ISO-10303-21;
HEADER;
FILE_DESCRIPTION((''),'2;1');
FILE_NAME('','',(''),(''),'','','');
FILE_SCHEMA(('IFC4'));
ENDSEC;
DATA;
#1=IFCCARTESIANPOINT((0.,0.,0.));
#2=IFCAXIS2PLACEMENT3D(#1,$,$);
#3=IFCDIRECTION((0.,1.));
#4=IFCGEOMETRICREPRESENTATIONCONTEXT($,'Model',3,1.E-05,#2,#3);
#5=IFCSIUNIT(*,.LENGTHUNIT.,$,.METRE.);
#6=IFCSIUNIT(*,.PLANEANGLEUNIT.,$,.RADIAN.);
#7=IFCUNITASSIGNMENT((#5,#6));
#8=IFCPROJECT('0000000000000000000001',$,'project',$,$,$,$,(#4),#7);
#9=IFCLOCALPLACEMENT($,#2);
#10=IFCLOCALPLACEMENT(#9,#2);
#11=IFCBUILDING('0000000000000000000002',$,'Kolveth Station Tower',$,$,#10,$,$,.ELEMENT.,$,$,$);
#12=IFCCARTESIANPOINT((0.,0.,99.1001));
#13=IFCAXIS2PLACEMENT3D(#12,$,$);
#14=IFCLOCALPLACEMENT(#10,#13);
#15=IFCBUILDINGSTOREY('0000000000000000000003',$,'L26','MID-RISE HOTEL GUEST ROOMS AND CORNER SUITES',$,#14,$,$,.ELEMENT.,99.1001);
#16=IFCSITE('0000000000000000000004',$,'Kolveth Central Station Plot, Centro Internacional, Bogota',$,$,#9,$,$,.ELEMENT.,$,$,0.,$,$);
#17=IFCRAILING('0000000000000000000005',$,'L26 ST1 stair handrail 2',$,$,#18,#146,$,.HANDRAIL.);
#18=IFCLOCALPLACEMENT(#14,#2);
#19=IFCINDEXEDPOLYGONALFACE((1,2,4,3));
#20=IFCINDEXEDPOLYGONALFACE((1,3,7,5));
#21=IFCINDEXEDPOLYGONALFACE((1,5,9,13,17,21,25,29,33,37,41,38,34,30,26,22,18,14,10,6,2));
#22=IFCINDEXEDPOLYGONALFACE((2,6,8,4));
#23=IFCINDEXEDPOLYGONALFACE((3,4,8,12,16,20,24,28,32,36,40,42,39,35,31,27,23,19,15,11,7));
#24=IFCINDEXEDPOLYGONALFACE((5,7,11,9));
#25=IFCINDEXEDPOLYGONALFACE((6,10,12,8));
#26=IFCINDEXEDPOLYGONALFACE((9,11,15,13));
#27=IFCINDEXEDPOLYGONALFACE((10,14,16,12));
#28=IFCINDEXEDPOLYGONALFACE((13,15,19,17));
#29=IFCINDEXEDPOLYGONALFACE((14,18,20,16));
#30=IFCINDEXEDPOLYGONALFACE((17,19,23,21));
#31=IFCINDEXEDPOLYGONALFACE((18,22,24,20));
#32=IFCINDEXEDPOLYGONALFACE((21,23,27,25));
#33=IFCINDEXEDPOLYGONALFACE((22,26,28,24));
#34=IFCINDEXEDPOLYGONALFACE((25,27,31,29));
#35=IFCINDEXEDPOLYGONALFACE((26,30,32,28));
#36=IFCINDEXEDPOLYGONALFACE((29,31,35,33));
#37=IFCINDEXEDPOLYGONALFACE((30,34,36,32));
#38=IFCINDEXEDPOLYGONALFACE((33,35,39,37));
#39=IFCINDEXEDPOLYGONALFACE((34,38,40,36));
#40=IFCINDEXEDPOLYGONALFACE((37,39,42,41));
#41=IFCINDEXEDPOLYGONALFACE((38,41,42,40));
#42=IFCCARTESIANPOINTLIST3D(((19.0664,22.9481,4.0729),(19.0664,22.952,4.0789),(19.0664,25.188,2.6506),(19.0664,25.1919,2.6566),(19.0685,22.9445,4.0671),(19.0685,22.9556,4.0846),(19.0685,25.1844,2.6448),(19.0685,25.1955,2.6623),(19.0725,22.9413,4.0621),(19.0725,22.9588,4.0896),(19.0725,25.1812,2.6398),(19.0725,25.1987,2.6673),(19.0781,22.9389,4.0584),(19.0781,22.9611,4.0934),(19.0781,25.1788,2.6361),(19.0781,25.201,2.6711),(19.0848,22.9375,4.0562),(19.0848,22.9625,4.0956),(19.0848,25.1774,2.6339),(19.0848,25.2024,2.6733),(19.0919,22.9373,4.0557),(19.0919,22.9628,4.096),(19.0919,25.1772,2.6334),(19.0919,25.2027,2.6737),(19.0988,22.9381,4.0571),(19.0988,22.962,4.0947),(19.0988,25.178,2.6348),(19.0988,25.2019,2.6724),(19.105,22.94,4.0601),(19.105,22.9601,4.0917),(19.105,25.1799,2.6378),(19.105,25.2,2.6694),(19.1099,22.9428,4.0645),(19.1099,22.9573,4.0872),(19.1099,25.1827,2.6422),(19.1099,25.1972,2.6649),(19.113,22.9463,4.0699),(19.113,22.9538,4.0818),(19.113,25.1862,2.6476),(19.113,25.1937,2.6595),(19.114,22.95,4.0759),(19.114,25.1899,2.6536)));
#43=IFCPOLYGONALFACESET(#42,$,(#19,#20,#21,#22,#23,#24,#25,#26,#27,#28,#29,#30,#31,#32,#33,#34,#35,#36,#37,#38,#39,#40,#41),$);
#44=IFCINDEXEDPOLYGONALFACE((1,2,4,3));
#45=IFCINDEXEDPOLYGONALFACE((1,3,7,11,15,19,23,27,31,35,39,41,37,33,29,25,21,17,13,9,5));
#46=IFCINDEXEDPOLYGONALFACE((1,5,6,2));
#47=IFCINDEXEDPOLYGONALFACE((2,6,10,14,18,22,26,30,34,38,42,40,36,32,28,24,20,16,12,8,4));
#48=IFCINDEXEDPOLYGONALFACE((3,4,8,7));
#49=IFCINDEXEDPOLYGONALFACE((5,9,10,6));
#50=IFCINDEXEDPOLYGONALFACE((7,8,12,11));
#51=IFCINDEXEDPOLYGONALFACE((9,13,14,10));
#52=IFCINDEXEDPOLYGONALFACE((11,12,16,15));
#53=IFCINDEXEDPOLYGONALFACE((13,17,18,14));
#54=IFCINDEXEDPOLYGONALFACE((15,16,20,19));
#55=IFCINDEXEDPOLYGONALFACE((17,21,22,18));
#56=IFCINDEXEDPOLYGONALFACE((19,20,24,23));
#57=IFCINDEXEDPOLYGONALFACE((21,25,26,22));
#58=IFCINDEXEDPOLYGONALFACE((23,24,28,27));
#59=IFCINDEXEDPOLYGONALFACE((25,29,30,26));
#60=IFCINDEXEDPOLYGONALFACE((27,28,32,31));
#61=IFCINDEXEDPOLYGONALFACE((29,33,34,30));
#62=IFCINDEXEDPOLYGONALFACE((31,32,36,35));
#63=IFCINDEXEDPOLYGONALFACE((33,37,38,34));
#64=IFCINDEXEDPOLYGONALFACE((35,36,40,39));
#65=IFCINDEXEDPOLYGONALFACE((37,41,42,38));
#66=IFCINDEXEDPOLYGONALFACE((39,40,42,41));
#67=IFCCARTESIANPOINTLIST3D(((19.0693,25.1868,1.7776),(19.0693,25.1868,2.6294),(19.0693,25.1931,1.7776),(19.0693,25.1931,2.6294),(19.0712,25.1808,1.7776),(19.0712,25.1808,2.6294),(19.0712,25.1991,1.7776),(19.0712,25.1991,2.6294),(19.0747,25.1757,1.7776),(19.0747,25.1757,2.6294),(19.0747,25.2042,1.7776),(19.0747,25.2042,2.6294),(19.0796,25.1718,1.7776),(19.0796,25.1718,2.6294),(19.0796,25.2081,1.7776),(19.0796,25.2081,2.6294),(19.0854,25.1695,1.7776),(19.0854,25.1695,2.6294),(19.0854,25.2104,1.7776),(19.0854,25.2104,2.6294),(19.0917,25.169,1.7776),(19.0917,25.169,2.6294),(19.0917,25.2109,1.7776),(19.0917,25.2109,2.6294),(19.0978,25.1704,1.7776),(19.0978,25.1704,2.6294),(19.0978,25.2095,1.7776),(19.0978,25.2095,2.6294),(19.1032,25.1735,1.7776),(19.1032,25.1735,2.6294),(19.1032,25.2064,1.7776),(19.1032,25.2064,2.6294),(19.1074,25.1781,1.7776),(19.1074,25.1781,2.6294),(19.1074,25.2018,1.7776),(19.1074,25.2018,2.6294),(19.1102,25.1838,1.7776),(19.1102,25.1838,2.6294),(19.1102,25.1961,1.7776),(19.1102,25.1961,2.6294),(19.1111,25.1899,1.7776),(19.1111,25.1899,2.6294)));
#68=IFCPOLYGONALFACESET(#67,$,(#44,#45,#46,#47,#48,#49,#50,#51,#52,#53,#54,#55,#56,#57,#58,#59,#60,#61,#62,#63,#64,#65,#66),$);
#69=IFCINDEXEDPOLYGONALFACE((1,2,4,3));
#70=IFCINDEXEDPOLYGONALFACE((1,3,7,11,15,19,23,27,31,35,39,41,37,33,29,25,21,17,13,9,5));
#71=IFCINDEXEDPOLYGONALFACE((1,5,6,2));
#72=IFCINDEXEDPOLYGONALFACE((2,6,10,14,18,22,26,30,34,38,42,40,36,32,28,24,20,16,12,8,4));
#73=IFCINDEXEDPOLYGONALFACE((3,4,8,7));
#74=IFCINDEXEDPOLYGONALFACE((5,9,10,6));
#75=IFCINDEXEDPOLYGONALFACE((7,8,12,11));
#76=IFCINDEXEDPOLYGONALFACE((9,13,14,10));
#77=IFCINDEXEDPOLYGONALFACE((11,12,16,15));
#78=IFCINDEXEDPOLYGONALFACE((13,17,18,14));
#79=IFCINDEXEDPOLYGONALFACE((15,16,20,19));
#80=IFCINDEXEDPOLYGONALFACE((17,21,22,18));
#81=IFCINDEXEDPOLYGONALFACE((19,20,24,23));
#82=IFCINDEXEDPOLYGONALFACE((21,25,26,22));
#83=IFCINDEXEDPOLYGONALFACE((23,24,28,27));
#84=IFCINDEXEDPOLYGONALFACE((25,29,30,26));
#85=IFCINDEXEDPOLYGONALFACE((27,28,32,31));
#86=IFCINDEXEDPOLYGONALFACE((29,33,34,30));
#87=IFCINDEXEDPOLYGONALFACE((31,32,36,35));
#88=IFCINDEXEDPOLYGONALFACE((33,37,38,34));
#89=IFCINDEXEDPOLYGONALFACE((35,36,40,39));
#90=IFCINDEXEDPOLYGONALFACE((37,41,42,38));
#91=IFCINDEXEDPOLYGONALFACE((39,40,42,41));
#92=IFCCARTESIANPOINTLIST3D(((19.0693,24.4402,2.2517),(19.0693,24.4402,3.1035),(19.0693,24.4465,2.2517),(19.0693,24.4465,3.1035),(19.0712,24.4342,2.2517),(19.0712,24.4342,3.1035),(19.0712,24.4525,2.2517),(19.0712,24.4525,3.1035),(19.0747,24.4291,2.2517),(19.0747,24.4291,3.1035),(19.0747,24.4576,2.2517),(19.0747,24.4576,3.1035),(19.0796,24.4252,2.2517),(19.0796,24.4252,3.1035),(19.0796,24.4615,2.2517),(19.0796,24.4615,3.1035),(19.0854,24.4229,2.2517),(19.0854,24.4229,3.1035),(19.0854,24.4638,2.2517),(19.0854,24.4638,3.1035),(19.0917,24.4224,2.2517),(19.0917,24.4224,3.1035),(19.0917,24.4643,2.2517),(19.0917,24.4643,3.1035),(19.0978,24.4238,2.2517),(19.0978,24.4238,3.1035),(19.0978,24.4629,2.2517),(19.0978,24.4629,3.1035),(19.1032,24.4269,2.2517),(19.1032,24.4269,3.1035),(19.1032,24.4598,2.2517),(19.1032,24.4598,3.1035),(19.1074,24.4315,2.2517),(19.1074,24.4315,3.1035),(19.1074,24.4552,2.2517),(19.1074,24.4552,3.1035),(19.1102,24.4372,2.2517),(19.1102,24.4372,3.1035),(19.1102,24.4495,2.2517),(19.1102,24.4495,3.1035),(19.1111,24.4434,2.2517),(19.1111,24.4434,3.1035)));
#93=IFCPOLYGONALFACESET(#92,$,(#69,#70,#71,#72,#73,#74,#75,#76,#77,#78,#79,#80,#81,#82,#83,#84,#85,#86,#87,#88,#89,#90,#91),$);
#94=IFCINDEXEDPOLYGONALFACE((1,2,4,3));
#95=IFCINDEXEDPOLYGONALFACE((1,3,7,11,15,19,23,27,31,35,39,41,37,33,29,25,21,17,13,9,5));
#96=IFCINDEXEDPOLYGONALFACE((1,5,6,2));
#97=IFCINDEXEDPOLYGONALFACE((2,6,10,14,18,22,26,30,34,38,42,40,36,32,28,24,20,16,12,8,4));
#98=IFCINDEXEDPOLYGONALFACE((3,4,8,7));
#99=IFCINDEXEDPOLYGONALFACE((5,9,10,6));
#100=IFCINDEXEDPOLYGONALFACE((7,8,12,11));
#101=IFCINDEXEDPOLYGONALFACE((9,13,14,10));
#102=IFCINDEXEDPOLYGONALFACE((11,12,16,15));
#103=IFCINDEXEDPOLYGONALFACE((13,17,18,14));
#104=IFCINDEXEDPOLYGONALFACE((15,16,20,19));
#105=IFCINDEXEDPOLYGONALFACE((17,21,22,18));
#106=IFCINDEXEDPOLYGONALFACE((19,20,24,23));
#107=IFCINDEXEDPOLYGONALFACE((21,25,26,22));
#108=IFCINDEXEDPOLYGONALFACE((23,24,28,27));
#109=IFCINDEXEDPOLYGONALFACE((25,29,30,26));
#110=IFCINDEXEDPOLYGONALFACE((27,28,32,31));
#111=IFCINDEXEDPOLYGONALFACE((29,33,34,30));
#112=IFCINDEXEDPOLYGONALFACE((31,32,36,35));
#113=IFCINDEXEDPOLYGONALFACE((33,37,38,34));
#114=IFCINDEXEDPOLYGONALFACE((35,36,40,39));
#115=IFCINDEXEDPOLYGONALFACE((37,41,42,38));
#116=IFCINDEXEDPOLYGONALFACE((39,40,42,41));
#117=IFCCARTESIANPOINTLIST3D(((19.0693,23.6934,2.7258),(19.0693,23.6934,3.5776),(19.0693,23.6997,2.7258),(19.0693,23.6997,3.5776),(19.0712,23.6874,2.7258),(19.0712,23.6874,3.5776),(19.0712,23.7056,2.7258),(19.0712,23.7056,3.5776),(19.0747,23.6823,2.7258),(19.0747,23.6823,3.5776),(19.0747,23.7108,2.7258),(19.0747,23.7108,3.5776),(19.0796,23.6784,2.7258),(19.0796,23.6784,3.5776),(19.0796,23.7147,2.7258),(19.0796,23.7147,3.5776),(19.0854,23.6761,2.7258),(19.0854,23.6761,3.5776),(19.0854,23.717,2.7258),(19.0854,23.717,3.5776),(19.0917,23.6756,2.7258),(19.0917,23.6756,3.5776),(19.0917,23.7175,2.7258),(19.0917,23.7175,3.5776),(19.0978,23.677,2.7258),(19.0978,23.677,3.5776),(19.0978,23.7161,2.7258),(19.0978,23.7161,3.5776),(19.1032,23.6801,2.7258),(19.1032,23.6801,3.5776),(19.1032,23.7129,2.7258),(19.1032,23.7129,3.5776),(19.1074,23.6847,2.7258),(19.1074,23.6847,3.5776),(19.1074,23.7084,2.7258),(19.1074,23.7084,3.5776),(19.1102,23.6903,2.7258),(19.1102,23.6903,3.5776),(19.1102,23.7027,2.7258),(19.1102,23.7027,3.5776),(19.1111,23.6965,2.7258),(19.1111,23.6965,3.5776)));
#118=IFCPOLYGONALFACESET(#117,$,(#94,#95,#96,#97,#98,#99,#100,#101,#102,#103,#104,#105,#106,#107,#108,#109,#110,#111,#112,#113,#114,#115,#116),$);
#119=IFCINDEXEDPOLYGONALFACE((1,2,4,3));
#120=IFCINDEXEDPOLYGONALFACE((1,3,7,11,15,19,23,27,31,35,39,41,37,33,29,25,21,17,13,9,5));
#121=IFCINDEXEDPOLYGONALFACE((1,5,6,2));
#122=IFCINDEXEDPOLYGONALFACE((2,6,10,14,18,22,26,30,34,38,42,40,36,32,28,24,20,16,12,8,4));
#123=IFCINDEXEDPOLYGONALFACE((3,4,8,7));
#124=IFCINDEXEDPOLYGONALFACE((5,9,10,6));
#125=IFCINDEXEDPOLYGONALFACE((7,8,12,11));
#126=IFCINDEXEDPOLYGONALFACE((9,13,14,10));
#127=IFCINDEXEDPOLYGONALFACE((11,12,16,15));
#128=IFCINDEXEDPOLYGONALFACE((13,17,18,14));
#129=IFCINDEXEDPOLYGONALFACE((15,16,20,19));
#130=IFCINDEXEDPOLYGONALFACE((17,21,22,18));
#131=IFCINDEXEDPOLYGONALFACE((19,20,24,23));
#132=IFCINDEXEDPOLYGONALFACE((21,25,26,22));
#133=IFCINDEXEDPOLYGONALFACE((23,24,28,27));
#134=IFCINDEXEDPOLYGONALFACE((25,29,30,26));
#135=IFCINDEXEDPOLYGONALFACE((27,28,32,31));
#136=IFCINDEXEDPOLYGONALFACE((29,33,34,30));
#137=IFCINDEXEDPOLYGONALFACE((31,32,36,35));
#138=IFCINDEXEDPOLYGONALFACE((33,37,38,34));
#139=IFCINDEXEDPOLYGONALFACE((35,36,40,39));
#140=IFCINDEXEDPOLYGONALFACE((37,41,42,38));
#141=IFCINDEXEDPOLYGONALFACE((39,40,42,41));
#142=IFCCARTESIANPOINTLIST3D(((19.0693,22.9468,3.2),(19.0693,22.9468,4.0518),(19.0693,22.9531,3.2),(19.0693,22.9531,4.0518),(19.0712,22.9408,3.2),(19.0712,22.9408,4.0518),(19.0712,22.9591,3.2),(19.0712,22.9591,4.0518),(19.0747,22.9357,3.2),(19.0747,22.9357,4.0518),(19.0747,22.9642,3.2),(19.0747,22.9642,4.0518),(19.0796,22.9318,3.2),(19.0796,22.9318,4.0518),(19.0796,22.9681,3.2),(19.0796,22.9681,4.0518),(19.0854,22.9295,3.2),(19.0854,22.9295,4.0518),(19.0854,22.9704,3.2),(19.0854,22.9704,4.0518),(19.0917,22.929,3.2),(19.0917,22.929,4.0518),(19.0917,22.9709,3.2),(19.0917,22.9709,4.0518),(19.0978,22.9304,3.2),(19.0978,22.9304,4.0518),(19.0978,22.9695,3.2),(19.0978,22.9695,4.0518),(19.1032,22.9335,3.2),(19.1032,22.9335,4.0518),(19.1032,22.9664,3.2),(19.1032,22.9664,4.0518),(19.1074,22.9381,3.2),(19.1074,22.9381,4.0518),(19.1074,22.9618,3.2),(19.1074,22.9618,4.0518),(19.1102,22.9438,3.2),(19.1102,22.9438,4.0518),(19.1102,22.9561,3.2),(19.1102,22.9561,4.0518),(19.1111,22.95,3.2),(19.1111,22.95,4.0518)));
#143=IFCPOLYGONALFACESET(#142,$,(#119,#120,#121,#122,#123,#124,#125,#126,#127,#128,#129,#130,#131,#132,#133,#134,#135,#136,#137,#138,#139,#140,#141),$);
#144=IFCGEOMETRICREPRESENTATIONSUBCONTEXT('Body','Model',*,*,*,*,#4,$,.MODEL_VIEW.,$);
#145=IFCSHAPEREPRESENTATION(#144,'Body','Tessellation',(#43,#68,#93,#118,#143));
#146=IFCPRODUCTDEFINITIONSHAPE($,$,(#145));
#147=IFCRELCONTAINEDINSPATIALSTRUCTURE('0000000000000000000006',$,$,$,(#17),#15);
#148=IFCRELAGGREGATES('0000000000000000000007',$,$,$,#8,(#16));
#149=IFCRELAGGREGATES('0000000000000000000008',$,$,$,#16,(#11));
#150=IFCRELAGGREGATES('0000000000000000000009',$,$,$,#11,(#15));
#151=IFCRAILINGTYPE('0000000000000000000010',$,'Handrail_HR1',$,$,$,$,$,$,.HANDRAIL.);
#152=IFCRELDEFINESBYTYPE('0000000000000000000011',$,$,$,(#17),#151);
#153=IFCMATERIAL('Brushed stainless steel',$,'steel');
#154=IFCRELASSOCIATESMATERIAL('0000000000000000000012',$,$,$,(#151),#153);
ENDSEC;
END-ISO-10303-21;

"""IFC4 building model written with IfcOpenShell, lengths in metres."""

from ifc_helpers import new_model, si_unit, direction, frame, origin, origin_2d, place, context, subcontext, project, spatial, circle, extrude, material, type_object, element, save


model = new_model("IFC4")

# Units and contexts
model_context = context("Model", 3, precision=1e-05, world=origin(), true_north=direction((0.0, 1.0)))
body_context = subcontext(model_context, "Body", "Model", "MODEL_VIEW")
ifc_project = project(units=[si_unit("LENGTHUNIT", "METRE"), si_unit("PLANEANGLEUNIT", "RADIAN")], contexts=[model_context])

# Site, building, storey
site_placement = place(None, origin())
site = spatial("IfcSite", under=ifc_project, at=site_placement, Name="Kolveth Central Station Plot, Centro Internacional, Bogota", CompositionType="ELEMENT", RefElevation=0.0)
building_placement = place(site_placement, origin())
building = spatial("IfcBuilding", under=site, at=building_placement, Name="Kolveth Station Tower", CompositionType="ELEMENT")
storey_placement = place(building_placement, frame((0.0, 0.0, 99.1001)))
storey = spatial("IfcBuildingStorey", under=building, at=storey_placement, Name="L26", Description="MID-RISE HOTEL GUEST ROOMS AND CORNER SUITES", CompositionType="ELEMENT", Elevation=99.1001)

# Railing
ifc_material_1 = material(Name="Brushed stainless steel", Category="steel")
railing_type_1 = type_object("IfcRailingType", Name="Handrail_HR1", PredefinedType="HANDRAIL", material=ifc_material_1)
railing_1_placement = place(storey_placement, frame((19.0901, 25.1899, 1.7776)))
element("IfcRailing", 1, at=railing_1_placement, inside=storey, type_object=railing_type_1, Name="L26 ST1 stair handrail 2", PredefinedType="HANDRAIL", context=body_context, shape_type="SweptSolid", body=[
    extrude(circle(Radius=0.0239, at=origin_2d()), frame((0.0, 0.0, 0.876), z_axis=(0.0, -0.844188, 0.536048), x_axis=(1.0, 0.0, 0.0)), (0.0, 0.0, 1.0), 2.6533),
    extrude(circle(Radius=0.021, at=origin_2d()), origin(), (0.0, 0.0, 1.0), 0.8518),
    extrude(circle(Radius=0.021, at=origin_2d()), frame((0.0, -0.7466, 0.4741)), (0.0, 0.0, 1.0), 0.8518),
    extrude(circle(Radius=0.021, at=origin_2d()), frame((0.0, -1.4934, 0.9482)), (0.0, 0.0, 1.0), 0.8518),
    extrude(circle(Radius=0.021, at=origin_2d()), frame((0.0, -2.24, 1.4224)), (0.0, 0.0, 1.0), 0.8518),
])

save(model, "model.ifc")
